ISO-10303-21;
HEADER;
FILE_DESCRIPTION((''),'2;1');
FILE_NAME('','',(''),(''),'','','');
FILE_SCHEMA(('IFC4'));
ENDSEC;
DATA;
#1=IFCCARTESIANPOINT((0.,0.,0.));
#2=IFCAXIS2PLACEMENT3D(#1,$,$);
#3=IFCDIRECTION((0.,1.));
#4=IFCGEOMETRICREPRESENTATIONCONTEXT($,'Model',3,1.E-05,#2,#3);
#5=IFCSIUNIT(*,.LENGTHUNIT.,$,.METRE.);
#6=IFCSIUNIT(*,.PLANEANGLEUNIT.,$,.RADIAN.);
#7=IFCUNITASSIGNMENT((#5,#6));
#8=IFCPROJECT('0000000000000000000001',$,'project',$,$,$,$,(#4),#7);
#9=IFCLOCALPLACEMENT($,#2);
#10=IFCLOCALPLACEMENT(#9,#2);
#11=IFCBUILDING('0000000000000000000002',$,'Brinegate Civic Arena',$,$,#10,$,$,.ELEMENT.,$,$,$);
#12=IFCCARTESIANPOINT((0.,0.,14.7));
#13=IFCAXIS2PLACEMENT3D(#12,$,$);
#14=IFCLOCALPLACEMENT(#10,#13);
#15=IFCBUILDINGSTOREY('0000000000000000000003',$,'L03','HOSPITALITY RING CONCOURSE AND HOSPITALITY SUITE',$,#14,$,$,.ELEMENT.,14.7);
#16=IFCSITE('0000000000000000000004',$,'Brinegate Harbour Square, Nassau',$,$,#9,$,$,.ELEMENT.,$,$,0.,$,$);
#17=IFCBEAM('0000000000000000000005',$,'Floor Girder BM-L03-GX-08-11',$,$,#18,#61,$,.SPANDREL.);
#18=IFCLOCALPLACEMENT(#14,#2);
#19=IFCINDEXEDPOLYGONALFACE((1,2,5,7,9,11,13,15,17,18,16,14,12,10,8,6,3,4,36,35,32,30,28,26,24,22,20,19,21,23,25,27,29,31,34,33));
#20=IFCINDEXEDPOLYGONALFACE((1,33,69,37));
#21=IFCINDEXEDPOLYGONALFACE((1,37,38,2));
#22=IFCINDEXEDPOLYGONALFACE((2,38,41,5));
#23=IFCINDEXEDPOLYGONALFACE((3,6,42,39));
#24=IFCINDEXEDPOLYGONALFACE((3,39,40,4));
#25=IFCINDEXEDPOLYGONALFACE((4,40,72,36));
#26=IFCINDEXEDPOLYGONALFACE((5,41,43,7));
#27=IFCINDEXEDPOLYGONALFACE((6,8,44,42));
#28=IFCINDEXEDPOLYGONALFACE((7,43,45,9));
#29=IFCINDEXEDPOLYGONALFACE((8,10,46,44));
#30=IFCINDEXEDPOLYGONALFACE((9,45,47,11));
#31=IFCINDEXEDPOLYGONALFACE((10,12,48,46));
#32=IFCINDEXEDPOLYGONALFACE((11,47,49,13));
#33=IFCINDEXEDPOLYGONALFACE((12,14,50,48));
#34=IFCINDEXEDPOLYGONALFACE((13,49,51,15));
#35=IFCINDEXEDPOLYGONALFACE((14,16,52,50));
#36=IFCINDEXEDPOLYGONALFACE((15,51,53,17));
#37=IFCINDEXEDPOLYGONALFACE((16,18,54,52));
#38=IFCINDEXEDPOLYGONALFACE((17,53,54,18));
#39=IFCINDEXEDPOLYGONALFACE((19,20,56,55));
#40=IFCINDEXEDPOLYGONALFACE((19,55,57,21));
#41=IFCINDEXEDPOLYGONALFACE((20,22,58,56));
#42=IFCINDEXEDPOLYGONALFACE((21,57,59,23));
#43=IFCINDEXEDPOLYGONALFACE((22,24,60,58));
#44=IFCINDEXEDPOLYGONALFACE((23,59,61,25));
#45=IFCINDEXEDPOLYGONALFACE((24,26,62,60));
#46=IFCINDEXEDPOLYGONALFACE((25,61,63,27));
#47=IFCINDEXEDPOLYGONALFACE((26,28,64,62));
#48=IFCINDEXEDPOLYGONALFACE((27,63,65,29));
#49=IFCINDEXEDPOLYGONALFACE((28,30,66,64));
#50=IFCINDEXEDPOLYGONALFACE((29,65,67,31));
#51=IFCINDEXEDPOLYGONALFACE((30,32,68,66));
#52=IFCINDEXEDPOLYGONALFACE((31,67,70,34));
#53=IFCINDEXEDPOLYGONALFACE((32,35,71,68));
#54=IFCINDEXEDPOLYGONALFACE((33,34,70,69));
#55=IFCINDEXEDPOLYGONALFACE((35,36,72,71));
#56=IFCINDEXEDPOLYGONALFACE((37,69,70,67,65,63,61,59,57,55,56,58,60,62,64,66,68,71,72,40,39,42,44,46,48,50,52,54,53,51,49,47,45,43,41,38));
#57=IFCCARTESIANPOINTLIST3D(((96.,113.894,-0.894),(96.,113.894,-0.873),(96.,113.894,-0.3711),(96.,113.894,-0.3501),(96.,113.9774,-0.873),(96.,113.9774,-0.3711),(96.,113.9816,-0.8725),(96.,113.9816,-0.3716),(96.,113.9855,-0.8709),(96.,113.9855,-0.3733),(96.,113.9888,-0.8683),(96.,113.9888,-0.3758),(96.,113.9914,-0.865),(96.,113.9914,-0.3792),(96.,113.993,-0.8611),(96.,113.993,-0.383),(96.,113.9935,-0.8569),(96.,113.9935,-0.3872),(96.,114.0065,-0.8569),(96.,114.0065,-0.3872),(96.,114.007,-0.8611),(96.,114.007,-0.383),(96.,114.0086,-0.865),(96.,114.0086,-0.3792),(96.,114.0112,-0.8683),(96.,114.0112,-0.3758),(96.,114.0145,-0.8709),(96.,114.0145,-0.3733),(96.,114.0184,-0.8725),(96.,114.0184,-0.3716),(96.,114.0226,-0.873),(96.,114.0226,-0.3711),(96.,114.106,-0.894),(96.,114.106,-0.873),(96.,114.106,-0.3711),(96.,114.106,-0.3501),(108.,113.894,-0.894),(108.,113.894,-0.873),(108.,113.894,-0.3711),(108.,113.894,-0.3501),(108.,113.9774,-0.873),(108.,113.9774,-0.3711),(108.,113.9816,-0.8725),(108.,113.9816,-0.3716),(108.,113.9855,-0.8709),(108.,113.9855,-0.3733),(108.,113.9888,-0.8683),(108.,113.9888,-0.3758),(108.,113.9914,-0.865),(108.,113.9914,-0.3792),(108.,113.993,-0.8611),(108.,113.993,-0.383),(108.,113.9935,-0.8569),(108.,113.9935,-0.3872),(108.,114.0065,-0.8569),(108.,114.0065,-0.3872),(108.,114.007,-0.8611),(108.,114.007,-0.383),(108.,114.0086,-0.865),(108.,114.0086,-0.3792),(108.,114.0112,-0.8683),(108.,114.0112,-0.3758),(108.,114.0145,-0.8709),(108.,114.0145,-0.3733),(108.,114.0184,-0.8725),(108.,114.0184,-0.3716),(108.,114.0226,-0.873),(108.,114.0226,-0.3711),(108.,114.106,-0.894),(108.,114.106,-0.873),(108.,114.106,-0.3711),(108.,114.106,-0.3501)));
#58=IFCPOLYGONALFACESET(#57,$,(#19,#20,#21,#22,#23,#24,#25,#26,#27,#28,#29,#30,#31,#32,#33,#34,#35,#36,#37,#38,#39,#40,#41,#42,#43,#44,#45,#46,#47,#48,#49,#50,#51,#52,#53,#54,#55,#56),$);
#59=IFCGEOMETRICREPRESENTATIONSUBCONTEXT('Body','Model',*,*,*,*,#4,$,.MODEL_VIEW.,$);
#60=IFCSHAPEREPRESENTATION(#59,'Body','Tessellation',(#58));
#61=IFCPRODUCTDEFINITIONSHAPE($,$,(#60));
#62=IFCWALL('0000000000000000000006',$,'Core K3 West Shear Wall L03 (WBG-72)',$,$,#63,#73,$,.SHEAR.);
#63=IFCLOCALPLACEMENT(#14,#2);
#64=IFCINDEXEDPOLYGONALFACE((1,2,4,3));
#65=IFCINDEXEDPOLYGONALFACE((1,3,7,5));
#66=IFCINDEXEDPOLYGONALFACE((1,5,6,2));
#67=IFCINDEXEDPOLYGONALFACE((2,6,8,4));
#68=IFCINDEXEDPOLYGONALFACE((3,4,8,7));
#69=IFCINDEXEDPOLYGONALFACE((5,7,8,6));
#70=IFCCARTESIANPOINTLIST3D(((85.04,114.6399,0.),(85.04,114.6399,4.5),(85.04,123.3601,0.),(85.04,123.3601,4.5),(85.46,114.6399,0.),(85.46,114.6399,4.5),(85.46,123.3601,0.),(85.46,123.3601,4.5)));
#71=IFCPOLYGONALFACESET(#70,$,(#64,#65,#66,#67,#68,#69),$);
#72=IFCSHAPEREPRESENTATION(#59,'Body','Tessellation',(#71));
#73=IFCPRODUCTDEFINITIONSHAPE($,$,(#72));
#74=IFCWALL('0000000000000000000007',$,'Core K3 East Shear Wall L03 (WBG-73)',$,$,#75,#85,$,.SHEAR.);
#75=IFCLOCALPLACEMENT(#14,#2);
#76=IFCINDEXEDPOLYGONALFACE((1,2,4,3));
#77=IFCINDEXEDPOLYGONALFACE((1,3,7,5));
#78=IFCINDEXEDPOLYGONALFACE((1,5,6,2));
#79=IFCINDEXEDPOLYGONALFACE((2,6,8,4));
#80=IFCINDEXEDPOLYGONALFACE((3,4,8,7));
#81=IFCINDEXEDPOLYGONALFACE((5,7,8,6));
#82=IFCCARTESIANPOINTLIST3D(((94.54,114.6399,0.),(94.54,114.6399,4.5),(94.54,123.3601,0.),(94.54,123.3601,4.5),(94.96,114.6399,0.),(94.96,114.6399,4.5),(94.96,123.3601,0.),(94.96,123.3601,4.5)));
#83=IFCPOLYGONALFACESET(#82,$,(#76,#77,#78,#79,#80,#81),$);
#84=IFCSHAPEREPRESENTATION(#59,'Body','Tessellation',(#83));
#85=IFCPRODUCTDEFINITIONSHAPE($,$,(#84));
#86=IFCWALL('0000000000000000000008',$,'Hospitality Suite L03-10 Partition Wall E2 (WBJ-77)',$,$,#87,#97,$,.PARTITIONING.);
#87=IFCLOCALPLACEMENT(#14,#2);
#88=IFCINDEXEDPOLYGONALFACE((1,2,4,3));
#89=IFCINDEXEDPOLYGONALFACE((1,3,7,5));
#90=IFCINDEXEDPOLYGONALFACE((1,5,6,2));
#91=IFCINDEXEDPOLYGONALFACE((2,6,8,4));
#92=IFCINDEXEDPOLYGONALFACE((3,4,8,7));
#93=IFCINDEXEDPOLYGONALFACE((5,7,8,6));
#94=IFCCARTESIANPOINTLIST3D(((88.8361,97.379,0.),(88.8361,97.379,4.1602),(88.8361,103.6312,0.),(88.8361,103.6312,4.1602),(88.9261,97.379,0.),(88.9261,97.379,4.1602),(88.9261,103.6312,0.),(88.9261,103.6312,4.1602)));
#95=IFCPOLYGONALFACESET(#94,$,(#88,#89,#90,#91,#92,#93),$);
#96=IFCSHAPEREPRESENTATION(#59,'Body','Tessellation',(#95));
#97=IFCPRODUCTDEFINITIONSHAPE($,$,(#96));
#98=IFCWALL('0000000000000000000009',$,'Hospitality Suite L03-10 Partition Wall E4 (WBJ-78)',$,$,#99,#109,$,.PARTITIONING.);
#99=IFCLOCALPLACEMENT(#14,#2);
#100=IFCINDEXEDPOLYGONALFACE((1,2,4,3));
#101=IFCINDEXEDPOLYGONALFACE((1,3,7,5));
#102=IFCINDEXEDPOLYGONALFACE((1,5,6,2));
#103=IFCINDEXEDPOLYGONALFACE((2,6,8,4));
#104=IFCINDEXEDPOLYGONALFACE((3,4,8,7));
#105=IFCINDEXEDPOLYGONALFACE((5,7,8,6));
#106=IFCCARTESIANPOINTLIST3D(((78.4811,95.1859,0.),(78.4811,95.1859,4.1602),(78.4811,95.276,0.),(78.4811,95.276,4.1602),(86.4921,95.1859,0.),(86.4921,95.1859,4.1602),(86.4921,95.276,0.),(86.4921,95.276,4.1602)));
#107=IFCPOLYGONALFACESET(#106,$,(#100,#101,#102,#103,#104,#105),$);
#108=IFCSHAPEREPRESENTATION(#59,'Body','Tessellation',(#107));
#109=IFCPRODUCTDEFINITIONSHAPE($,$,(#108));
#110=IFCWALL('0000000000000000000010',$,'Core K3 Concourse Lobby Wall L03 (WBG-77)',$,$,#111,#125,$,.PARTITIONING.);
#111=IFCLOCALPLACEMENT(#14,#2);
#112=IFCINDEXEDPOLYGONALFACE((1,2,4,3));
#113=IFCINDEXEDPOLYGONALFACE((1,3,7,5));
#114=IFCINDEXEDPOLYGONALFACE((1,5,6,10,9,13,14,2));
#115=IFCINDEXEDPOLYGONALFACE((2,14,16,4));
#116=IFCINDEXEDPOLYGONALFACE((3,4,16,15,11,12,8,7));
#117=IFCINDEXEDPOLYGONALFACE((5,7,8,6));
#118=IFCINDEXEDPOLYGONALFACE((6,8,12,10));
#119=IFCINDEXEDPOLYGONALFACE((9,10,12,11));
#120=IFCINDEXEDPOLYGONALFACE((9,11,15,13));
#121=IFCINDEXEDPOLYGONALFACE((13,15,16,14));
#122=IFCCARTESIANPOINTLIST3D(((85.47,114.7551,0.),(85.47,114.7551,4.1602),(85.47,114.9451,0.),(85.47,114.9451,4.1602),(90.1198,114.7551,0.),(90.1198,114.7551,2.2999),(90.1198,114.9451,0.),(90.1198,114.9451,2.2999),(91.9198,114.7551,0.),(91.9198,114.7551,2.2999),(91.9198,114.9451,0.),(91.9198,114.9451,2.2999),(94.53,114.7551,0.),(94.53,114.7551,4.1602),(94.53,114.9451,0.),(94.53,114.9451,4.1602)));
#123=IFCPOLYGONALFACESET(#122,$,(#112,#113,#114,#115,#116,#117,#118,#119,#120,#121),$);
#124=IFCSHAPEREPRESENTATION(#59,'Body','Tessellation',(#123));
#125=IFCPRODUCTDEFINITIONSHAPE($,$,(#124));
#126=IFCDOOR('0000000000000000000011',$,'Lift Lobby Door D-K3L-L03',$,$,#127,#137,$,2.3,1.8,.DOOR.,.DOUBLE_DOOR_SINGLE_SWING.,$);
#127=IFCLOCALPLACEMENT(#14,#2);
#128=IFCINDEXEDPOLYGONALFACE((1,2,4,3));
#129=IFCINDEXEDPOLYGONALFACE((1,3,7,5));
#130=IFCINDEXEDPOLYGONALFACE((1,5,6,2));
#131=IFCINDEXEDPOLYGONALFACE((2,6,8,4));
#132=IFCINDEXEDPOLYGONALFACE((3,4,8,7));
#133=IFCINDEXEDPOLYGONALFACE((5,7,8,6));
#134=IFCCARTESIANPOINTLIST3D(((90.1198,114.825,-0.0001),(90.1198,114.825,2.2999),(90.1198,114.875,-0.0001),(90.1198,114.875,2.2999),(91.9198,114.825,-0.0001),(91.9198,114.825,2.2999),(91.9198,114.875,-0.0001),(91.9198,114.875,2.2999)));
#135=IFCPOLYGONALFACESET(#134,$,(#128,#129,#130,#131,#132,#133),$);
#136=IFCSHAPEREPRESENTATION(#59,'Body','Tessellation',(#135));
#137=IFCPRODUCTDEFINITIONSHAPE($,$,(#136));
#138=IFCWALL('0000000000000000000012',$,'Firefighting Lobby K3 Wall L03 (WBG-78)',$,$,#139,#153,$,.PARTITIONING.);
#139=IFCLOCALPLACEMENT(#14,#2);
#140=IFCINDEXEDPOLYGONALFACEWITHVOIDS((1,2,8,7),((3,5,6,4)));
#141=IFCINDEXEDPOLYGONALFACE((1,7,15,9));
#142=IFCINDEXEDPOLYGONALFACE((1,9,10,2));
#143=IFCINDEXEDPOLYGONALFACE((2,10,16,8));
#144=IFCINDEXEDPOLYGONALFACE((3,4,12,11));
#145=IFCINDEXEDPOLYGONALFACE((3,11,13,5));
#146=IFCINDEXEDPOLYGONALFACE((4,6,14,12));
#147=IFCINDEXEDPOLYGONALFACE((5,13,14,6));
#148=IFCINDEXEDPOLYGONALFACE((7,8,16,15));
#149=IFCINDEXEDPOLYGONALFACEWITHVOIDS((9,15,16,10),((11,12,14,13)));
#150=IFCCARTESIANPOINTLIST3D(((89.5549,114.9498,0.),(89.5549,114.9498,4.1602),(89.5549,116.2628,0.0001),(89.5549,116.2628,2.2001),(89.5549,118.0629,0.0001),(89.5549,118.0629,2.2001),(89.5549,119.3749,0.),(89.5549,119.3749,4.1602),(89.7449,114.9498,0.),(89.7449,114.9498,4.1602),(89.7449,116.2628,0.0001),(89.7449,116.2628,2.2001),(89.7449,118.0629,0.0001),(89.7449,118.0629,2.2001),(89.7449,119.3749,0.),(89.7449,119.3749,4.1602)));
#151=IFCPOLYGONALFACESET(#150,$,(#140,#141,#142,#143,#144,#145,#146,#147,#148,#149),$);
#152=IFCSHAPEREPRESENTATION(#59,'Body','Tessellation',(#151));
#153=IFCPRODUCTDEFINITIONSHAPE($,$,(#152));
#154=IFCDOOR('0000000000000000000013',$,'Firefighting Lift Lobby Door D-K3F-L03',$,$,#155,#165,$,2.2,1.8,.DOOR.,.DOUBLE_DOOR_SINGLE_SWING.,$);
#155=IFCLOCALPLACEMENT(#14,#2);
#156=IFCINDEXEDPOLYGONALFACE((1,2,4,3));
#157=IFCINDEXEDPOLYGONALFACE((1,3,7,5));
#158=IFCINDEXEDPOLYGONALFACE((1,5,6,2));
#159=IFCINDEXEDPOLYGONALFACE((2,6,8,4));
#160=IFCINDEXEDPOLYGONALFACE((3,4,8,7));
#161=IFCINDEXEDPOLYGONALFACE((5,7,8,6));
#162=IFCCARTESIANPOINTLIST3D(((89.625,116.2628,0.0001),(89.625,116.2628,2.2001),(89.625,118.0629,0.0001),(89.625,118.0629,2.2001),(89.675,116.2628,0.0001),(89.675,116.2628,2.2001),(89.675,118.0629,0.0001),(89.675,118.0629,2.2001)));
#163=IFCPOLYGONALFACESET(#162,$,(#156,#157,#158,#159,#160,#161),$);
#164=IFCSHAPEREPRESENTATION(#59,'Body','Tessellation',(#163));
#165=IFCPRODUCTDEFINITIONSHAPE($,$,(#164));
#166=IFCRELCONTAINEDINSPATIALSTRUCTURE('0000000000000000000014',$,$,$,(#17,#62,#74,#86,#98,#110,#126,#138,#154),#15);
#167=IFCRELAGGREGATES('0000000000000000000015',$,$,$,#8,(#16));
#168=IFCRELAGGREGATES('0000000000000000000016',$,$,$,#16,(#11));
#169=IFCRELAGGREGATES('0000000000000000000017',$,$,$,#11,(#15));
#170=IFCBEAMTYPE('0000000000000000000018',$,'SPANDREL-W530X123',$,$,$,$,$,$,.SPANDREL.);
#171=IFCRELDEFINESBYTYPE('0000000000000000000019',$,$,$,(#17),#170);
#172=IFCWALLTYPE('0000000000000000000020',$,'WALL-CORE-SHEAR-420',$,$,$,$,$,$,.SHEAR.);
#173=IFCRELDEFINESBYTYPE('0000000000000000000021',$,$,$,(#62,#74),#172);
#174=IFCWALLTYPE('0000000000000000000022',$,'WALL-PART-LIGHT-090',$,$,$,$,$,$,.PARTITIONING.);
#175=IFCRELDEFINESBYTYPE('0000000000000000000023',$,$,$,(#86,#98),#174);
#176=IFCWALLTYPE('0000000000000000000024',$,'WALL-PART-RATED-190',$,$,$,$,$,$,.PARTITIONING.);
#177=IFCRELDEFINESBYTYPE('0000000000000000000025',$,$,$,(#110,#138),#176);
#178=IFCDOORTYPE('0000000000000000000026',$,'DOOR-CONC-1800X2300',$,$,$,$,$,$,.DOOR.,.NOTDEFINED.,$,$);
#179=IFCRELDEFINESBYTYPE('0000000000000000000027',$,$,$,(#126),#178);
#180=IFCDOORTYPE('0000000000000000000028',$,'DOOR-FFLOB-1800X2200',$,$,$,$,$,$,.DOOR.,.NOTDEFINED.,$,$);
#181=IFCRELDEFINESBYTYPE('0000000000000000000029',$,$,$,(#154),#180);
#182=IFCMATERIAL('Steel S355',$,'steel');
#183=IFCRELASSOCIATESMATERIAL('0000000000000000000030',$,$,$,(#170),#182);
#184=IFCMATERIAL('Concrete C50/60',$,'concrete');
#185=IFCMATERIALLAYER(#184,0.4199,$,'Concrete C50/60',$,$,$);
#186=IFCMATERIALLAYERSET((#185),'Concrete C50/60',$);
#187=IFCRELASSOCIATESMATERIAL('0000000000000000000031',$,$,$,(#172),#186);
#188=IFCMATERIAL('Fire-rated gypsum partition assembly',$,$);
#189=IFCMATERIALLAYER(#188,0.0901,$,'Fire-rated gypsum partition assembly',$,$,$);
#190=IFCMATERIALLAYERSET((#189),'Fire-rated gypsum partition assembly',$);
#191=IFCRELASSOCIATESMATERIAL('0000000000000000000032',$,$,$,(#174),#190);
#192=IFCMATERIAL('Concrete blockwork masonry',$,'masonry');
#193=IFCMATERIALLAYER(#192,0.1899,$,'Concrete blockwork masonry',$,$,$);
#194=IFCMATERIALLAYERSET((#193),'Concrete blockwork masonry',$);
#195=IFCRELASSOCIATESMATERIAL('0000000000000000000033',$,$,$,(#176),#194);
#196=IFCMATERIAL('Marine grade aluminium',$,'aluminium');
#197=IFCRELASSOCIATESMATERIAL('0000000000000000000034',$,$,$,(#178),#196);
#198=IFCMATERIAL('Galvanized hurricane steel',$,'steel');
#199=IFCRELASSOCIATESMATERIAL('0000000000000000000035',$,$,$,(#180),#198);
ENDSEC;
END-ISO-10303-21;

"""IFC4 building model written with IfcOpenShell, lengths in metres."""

from ifc_helpers import new_model, si_unit, direction, frame, frame_2d, origin, origin_2d, place, context, subcontext, project, spatial, rectangle, i_section, extrude, material, layer, layer_set, material_profile, profile_set, type_object, element, fill, save


model = new_model("IFC4")

# Units and contexts
model_context = context("Model", 3, precision=1e-05, world=origin(), true_north=direction((0.0, 1.0)))
body_context = subcontext(model_context, "Body", "Model", "MODEL_VIEW")
ifc_project = project(units=[si_unit("LENGTHUNIT", "METRE"), si_unit("PLANEANGLEUNIT", "RADIAN")], contexts=[model_context])

# Site, building, storey
site_placement = place(None, origin())
site = spatial("IfcSite", under=ifc_project, at=site_placement, Name="Brinegate Harbour Square, Nassau", CompositionType="ELEMENT", RefElevation=0.0)
building_placement = place(site_placement, origin())
building = spatial("IfcBuilding", under=site, at=building_placement, Name="Brinegate Civic Arena", CompositionType="ELEMENT")
storey_placement = place(building_placement, frame((0.0, 0.0, 14.7)))
storey = spatial("IfcBuildingStorey", under=building, at=storey_placement, Name="L03", Description="HOSPITALITY RING CONCOURSE AND HOSPITALITY SUITE", CompositionType="ELEMENT", Elevation=14.7)

# Shared definitions
ifc_material_1 = material(Name="Concrete C50/60", Category="concrete")

# Beam
ifc_material_2 = material(Name="Steel S355", Category="steel")
ifc_material_profile_1 = material_profile(ifc_material_2, i_section(OverallWidth=0.2119, OverallDepth=0.5439, WebThickness=0.0129, FlangeThickness=0.021, FilletRadius=0.0161, at=origin_2d()), Name="W530X123")
ifc_profile_set_1 = profile_set([ifc_material_profile_1], Name="Steel S355")
beam_type_1 = type_object("IfcBeamType", Name="SPANDREL-W530X123", PredefinedType="SPANDREL", material=ifc_profile_set_1)
beam_1_placement = place(storey_placement, frame((96.0, 114.0, -0.6221), z_axis=(1.0, 0.0, 0.0), x_axis=(0.0, 1.0, 0.0)))
element("IfcBeam", 1, at=beam_1_placement, inside=storey, type_object=beam_type_1, Name="Floor Girder BM-L03-GX-08-11", PredefinedType="SPANDREL", context=body_context, shape_type="SweptSolid", body=[
    extrude(i_section(OverallWidth=0.2119, OverallDepth=0.5439, WebThickness=0.0129, FlangeThickness=0.021, FilletRadius=0.0161, at=origin_2d()), origin(), (0.0, 0.0, 1.0), 12.0),
])

# Walls
ifc_layer_1 = layer(ifc_material_1, 0.4199, Name="Concrete C50/60")
ifc_layer_set_1 = layer_set([ifc_layer_1], Name="Concrete C50/60")
wall_type_1 = type_object("IfcWallType", Name="WALL-CORE-SHEAR-420", PredefinedType="SHEAR", material=ifc_layer_set_1)
for number, where, z_axis, x_axis, name in (
    (2, (85.25, 114.6399, 0.0), (0.0, 0.0, 1.0), (0.0, 1.0, 0.0), "Core K3 West Shear Wall L03 (WBG-72)"),
    (3, (94.75, 114.6399, 0.0), (0.0, 0.0, 1.0), (0.0, 1.0, 0.0), "Core K3 East Shear Wall L03 (WBG-73)"),
):
    element("IfcWall", number, at=place(storey_placement, frame(where, z_axis=z_axis, x_axis=x_axis)), inside=storey, type_object=wall_type_1, Name=name, PredefinedType="SHEAR", context=body_context, shape_type="SweptSolid", body=[
        extrude(rectangle(XDim=8.7202, YDim=0.4199, at=frame_2d((4.3601, 0.0))), origin(), (0.0, 0.0, 1.0), 4.5),
    ])
ifc_material_3 = material(Name="Fire-rated gypsum partition assembly")
ifc_layer_2 = layer(ifc_material_3, 0.0901, Name="Fire-rated gypsum partition assembly")
ifc_layer_set_2 = layer_set([ifc_layer_2], Name="Fire-rated gypsum partition assembly")
wall_type_2 = type_object("IfcWallType", Name="WALL-PART-LIGHT-090", PredefinedType="PARTITIONING", material=ifc_layer_set_2)
wall_1_placement = place(storey_placement, frame((88.8811, 103.6311, 0.0), z_axis=(0.0, 0.0, 1.0), x_axis=(0.0, -1.0, 0.0)))
element("IfcWall", 4, at=wall_1_placement, inside=storey, type_object=wall_type_2, Name="Hospitality Suite L03-10 Partition Wall E2 (WBJ-77)", PredefinedType="PARTITIONING", context=body_context, shape_type="SweptSolid", body=[
    extrude(rectangle(XDim=6.2522, YDim=0.0901, at=frame_2d((3.126, 0.0))), origin(), (0.0, 0.0, 1.0), 4.1602),
])
wall_2_placement = place(storey_placement, frame((86.4919, 95.231, 0.0), z_axis=(0.0, 0.0, 1.0), x_axis=(-1.0, 0.0, 0.0)))
element("IfcWall", 5, at=wall_2_placement, inside=storey, type_object=wall_type_2, Name="Hospitality Suite L03-10 Partition Wall E4 (WBJ-78)", PredefinedType="PARTITIONING", context=body_context, shape_type="SweptSolid", body=[
    extrude(rectangle(XDim=8.011, YDim=0.0901, at=frame_2d((4.0054, 0.0))), origin(), (0.0, 0.0, 1.0), 4.1602),
])

# Walls, openings, doors
ifc_material_4 = material(Name="Concrete blockwork masonry", Category="masonry")
ifc_layer_3 = layer(ifc_material_4, 0.1899, Name="Concrete blockwork masonry")
ifc_layer_set_3 = layer_set([ifc_layer_3], Name="Concrete blockwork masonry")
wall_type_3 = type_object("IfcWallType", Name="WALL-PART-RATED-190", PredefinedType="PARTITIONING", material=ifc_layer_set_3)
wall_3_placement = place(storey_placement, frame((85.47, 114.8501, 0.0), z_axis=(0.0, 0.0, 1.0), x_axis=(1.0, 0.0, 0.0)))
wall_3 = element("IfcWall", 6, at=wall_3_placement, inside=storey, type_object=wall_type_3, Name="Core K3 Concourse Lobby Wall L03 (WBG-77)", PredefinedType="PARTITIONING", context=body_context, shape_type="SweptSolid", body=[
    extrude(rectangle(XDim=9.0601, YDim=0.1899, at=frame_2d((4.53, 0.0))), origin(), (0.0, 0.0, 1.0), 4.1602),
])
opening_1_placement = place(wall_3_placement, frame((4.6499, 0.0, 0.0)))
opening_1 = element("IfcOpeningElement", 7, at=opening_1_placement, cuts=wall_3, PredefinedType="OPENING", context=body_context, shape_type="SweptSolid", body=[
    extrude(rectangle(XDim=1.8, YDim=2.3, at=frame_2d((0.8999, 1.1499))), frame((0.0, 0.105, 0.0), z_axis=(0.0, -1.0, 0.0), x_axis=(1.0, 0.0, 0.0)), (0.0, 0.0, 1.0), 0.21),
])
ifc_material_5 = material(Name="Marine grade aluminium", Category="aluminium")
door_type_1 = type_object("IfcDoorType", Name="DOOR-CONC-1800X2300", OperationType="NOTDEFINED", PredefinedType="DOOR", material=ifc_material_5)
door_1_placement = place(opening_1_placement, origin())
door_1 = element("IfcDoor", 8, at=door_1_placement, inside=storey, type_object=door_type_1, Name="Lift Lobby Door D-K3L-L03", OperationType="DOUBLE_DOOR_SINGLE_SWING", OverallHeight=2.3, OverallWidth=1.8, PredefinedType="DOOR", context=body_context, shape_type="SweptSolid", body=[
    extrude(rectangle(XDim=1.8, YDim=2.3, at=frame_2d((0.8999, 1.1499))), frame((0.0, 0.0249, 0.0), z_axis=(0.0, -1.0, 0.0), x_axis=(1.0, 0.0, 0.0)), (0.0, 0.0, 1.0), 0.05),
])
fill(opening_1, door_1)
wall_4_placement = place(storey_placement, frame((89.6499, 114.95, 0.0), z_axis=(0.0, 0.0, 1.0), x_axis=(0.0, 1.0, 0.0)))
wall_4 = element("IfcWall", 9, at=wall_4_placement, inside=storey, type_object=wall_type_3, Name="Firefighting Lobby K3 Wall L03 (WBG-78)", PredefinedType="PARTITIONING", context=body_context, shape_type="SweptSolid", body=[
    extrude(rectangle(XDim=4.425, YDim=0.1899, at=frame_2d((2.2124, 0.0))), origin(), (0.0, 0.0, 1.0), 4.1602),
])
opening_2_placement = place(wall_4_placement, frame((1.313, 0.0, 0.0)))
opening_2 = element("IfcOpeningElement", 10, at=opening_2_placement, cuts=wall_4, PredefinedType="OPENING", context=body_context, shape_type="SweptSolid", body=[
    extrude(rectangle(XDim=1.8, YDim=2.2, at=frame_2d((0.8999, 1.1001))), frame((0.0, 0.105, 0.0), z_axis=(0.0, -1.0, 0.0), x_axis=(1.0, 0.0, 0.0)), (0.0, 0.0, 1.0), 0.21),
])
ifc_material_6 = material(Name="Galvanized hurricane steel", Category="steel")
door_type_2 = type_object("IfcDoorType", Name="DOOR-FFLOB-1800X2200", OperationType="NOTDEFINED", PredefinedType="DOOR", material=ifc_material_6)
door_2_placement = place(opening_2_placement, origin())
door_2 = element("IfcDoor", 11, at=door_2_placement, inside=storey, type_object=door_type_2, Name="Firefighting Lift Lobby Door D-K3F-L03", OperationType="DOUBLE_DOOR_SINGLE_SWING", OverallHeight=2.2, OverallWidth=1.8, PredefinedType="DOOR", context=body_context, shape_type="SweptSolid", body=[
    extrude(rectangle(XDim=1.8, YDim=2.2, at=frame_2d((0.8999, 1.1001))), frame((0.0, 0.0249, 0.0), z_axis=(0.0, -1.0, 0.0), x_axis=(1.0, 0.0, 0.0)), (0.0, 0.0, 1.0), 0.05),
])
fill(opening_2, door_2)

save(model, "model.ifc")
